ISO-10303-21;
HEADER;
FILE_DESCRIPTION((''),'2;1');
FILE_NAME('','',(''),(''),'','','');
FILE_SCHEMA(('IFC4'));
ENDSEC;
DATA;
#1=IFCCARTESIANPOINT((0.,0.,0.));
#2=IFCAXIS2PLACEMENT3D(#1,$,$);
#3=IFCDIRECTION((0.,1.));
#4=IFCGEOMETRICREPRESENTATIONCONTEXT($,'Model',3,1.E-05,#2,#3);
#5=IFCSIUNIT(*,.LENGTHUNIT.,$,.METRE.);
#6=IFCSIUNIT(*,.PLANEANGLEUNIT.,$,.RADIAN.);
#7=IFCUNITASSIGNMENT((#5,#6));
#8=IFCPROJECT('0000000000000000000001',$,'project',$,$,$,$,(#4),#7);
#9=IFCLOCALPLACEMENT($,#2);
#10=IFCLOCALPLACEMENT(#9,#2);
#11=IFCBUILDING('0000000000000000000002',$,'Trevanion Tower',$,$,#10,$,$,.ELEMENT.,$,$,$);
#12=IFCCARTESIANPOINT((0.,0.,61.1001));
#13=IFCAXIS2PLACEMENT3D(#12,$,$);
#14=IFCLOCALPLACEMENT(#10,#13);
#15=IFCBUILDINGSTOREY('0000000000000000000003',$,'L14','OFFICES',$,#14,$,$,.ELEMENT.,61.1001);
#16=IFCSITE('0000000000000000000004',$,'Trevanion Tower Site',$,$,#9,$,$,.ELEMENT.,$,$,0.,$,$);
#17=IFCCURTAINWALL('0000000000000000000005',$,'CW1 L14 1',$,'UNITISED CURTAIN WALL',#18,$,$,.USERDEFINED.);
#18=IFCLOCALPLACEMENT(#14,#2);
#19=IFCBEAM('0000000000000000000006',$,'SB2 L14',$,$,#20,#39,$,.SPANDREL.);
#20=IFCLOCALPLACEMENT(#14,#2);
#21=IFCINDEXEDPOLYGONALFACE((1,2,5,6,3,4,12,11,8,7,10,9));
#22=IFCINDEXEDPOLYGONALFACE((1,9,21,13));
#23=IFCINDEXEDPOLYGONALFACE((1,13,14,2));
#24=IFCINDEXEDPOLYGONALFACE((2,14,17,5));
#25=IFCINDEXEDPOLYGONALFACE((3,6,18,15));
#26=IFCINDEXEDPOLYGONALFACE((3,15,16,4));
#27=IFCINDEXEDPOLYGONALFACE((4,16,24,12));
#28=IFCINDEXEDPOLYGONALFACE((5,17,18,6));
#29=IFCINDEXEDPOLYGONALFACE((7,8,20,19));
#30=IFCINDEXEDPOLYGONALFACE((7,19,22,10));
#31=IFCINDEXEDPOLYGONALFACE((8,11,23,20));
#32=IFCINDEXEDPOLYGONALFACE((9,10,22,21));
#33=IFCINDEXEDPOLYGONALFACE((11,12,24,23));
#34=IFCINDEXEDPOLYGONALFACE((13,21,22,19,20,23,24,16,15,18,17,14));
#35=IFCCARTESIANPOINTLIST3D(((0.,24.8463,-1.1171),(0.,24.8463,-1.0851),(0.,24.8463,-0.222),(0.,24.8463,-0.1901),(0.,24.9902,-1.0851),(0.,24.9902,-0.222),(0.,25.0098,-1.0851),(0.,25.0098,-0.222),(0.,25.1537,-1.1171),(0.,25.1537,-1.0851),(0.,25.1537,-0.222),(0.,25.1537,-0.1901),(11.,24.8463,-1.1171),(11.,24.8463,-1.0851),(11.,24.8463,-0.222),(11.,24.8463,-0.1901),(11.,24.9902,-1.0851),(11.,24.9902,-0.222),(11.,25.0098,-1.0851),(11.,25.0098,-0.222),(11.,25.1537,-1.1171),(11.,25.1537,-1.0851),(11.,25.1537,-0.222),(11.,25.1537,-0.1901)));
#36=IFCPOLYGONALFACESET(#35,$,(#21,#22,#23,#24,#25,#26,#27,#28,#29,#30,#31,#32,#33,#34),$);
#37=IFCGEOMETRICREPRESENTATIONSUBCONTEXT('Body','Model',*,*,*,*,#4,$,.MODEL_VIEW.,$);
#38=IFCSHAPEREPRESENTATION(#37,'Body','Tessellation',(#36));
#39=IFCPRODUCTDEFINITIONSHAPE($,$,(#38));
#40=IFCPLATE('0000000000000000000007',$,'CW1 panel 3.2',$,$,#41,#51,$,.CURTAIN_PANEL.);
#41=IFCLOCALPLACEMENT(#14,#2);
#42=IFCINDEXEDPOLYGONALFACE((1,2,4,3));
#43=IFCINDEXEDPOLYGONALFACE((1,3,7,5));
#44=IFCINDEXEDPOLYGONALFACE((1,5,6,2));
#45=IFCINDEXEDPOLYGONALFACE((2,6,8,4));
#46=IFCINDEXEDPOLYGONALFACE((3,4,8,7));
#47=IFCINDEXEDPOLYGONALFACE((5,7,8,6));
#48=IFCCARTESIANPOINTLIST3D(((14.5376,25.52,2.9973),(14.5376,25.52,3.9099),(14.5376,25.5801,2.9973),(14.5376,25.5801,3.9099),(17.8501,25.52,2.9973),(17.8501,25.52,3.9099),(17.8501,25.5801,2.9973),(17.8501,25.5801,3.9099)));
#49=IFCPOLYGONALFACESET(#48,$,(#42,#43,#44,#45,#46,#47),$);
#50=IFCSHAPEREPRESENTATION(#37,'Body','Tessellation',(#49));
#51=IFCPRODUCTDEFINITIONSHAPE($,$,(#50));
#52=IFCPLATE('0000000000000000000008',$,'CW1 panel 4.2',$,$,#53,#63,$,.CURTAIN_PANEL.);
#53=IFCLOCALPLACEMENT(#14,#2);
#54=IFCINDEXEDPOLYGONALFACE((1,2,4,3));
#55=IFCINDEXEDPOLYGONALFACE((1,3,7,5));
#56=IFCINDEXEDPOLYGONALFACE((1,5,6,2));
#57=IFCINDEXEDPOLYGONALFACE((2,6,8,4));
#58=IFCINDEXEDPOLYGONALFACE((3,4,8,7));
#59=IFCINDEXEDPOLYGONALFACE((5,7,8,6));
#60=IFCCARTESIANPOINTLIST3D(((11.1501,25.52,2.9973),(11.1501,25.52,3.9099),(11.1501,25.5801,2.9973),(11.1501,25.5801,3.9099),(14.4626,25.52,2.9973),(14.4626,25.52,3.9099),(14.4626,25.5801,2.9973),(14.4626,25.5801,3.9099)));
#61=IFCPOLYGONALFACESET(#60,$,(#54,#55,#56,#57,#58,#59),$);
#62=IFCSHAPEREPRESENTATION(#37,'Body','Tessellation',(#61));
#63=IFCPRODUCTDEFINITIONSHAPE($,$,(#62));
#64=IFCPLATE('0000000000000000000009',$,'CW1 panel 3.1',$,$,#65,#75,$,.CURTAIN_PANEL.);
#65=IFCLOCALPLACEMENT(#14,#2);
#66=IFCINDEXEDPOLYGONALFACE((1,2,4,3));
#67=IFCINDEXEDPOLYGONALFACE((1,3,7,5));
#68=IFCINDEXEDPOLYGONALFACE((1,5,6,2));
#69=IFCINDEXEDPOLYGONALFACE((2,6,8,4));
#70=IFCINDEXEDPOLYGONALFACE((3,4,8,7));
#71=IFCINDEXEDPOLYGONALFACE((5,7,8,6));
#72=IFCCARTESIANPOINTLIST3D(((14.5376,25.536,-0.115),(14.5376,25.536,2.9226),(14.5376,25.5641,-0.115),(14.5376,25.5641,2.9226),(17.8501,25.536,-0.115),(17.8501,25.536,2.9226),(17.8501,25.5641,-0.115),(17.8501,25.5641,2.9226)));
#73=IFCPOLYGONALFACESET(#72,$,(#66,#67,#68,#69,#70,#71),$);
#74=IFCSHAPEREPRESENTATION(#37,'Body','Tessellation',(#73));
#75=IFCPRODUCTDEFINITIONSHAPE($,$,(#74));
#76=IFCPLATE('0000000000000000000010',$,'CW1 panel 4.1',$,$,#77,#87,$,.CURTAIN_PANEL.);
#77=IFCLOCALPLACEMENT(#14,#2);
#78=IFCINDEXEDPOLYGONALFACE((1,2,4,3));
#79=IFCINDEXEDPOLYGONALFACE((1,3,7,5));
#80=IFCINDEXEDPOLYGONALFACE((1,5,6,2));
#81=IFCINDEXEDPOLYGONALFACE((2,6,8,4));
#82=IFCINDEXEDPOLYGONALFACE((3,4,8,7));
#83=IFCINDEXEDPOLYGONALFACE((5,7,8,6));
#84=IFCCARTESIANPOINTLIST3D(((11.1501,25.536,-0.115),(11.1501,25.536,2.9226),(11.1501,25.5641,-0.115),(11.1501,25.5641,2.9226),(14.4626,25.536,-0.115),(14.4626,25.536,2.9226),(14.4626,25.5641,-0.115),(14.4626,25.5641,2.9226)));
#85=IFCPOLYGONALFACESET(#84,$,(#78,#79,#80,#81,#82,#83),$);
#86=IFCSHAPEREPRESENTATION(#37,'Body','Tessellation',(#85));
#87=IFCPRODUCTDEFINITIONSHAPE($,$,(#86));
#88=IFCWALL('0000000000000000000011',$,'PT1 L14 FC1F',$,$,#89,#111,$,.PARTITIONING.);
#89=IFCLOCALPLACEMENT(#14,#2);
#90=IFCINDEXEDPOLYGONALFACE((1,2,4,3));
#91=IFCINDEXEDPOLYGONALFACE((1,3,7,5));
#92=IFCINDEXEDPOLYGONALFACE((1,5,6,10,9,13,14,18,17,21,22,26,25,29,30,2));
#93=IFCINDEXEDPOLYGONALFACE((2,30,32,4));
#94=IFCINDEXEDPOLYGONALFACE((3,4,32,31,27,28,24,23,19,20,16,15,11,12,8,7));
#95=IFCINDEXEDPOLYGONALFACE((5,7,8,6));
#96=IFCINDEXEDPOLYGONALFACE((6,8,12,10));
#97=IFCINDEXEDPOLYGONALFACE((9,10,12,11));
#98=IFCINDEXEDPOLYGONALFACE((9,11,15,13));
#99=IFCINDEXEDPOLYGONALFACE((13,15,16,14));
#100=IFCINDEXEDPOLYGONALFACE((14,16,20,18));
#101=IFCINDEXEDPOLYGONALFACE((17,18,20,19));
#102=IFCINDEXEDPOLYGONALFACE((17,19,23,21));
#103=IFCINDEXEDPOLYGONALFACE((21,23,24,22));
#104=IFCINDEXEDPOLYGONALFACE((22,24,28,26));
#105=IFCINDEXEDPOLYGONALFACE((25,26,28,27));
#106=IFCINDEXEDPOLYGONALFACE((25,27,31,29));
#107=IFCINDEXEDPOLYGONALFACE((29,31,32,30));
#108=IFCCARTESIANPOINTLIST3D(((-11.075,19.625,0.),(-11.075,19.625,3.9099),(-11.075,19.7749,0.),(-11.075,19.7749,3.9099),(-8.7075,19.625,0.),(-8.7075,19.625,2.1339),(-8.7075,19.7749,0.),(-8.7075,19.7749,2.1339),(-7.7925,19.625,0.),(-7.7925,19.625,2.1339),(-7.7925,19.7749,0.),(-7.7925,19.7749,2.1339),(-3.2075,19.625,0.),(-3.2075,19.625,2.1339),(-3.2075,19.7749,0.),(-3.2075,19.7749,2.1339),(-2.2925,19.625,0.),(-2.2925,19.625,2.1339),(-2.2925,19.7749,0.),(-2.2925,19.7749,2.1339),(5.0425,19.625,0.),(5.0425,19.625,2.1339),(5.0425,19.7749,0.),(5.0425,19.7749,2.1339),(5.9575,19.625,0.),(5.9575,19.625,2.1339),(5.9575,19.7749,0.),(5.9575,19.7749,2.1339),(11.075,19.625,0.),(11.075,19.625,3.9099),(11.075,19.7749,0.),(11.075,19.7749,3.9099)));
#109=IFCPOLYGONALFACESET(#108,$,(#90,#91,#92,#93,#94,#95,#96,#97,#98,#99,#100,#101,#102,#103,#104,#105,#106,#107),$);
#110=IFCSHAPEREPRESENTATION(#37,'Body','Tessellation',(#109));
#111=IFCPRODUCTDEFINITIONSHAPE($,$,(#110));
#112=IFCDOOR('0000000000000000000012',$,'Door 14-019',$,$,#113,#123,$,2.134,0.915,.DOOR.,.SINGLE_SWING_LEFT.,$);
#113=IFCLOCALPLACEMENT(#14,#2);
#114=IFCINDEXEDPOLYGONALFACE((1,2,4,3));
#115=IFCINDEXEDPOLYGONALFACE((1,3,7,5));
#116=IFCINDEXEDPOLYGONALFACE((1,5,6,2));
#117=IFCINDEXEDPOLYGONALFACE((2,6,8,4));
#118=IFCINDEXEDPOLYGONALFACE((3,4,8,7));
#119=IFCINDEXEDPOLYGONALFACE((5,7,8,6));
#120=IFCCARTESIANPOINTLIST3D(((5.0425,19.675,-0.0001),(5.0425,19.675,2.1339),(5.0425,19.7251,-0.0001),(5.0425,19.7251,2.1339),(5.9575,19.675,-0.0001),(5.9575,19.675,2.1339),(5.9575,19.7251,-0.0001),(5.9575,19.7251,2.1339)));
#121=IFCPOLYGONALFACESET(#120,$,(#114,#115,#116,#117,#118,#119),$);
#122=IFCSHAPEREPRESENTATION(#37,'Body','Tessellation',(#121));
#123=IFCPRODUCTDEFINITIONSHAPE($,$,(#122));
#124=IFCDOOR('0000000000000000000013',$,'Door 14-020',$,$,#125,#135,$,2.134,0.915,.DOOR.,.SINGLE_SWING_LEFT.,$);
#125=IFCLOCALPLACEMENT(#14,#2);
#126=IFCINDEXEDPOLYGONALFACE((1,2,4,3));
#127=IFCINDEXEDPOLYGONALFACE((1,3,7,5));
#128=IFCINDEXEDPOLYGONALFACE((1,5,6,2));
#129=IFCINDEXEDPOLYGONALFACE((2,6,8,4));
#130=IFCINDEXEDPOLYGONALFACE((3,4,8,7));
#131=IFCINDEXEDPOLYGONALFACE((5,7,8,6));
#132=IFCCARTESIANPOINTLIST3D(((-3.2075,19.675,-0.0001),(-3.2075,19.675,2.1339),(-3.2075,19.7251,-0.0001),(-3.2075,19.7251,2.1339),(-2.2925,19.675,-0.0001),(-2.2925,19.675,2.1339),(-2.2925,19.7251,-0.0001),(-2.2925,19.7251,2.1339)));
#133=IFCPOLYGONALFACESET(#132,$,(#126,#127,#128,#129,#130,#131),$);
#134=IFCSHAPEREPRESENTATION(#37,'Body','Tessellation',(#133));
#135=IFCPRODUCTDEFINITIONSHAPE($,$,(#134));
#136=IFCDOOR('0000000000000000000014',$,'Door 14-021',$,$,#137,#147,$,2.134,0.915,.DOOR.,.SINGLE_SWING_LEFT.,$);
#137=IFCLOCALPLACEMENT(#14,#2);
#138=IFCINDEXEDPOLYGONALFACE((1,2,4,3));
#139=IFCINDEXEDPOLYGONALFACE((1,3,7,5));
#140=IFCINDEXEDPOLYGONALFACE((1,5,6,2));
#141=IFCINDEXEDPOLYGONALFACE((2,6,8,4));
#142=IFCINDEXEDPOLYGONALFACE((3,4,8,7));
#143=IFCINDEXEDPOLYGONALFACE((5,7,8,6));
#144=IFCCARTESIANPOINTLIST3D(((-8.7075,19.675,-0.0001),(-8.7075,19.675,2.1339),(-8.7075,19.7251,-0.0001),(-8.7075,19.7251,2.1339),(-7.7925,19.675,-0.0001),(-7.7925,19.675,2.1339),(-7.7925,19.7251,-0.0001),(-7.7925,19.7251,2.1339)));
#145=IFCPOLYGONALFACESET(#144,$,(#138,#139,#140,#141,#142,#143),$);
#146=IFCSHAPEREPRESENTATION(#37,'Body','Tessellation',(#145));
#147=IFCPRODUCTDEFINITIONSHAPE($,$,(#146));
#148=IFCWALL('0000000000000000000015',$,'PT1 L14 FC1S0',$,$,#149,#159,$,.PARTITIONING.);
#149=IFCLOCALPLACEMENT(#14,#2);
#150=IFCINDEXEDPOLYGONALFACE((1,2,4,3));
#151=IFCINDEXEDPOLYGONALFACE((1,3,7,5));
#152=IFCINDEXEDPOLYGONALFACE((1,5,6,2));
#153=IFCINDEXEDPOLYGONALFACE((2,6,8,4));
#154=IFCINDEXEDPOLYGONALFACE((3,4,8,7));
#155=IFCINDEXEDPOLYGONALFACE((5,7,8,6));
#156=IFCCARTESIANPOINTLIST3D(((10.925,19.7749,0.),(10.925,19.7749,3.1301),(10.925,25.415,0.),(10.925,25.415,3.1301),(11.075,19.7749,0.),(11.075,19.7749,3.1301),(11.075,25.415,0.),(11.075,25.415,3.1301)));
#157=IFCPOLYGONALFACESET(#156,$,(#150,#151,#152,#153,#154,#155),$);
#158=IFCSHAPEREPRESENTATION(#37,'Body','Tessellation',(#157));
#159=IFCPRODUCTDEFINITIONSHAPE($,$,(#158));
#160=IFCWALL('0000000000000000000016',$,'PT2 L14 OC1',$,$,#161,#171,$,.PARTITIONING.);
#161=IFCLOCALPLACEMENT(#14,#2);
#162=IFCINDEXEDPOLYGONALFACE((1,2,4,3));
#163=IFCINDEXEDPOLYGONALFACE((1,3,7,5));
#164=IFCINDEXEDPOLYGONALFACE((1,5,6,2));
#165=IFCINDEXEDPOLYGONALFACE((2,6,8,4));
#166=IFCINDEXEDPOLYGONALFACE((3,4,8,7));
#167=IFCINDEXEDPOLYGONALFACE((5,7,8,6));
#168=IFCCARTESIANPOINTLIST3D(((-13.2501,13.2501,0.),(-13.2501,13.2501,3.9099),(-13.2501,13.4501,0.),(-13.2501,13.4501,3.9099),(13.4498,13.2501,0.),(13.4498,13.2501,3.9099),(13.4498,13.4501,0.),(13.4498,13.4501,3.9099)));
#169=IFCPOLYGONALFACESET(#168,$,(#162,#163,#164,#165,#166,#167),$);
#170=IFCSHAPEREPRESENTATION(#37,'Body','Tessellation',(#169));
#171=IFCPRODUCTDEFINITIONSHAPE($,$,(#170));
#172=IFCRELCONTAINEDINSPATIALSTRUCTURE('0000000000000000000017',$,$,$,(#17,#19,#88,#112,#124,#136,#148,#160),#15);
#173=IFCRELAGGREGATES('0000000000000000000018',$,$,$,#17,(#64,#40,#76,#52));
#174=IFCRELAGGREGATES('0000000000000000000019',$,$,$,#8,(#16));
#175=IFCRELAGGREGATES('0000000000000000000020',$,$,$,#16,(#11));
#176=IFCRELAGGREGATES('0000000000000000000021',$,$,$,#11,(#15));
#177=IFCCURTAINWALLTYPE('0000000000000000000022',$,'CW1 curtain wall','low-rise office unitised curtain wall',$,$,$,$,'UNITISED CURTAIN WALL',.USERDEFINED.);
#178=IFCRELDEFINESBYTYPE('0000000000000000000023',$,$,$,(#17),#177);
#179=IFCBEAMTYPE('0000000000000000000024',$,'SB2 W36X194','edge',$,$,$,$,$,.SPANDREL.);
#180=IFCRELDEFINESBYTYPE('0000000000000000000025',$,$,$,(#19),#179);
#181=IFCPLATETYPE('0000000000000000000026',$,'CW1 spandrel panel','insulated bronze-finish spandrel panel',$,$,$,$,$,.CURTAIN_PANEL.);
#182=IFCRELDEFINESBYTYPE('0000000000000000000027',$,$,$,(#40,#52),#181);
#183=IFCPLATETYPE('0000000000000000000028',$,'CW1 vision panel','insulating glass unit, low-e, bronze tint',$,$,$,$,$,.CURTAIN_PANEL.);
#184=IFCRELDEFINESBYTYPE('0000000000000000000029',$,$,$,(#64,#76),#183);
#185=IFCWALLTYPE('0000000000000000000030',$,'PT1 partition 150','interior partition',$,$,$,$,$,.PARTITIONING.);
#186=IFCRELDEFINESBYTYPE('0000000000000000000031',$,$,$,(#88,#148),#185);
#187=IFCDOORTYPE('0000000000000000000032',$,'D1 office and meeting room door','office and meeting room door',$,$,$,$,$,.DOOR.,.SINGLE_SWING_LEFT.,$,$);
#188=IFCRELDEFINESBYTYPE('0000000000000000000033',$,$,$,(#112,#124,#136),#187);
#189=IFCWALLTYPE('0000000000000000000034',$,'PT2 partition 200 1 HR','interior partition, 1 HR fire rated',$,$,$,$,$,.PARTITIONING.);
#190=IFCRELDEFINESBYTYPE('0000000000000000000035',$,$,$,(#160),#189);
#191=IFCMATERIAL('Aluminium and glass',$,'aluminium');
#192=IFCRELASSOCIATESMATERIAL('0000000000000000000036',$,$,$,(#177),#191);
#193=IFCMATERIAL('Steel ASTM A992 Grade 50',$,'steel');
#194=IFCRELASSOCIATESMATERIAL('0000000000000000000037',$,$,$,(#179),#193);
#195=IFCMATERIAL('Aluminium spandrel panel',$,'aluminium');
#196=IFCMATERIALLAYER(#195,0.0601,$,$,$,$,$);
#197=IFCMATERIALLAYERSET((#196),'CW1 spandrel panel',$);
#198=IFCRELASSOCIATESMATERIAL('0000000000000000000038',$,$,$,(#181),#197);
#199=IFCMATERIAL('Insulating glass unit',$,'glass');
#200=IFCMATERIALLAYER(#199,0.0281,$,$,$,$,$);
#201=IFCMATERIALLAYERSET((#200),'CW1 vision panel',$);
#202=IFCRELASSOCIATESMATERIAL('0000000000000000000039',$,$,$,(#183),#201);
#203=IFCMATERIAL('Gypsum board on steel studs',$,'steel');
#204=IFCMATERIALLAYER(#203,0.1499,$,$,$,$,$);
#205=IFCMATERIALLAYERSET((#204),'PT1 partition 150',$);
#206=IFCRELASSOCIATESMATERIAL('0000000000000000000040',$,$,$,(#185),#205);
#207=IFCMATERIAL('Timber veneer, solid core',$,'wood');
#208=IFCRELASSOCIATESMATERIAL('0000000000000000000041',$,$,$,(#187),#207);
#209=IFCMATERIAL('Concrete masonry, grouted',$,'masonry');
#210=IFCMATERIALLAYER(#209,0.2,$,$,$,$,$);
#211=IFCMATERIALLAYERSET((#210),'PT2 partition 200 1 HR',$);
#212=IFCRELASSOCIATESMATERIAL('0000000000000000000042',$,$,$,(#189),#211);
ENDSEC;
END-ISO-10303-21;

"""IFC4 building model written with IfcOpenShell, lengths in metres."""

from ifc_helpers import new_model, si_unit, direction, frame, frame_2d, origin, origin_2d, place, context, subcontext, project, spatial, rectangle, i_section, extrude, material, layer, layer_set, material_profile, profile_set, type_object, element, fill, aggregate, save


model = new_model("IFC4")

# Units and contexts
model_context = context("Model", 3, precision=1e-05, world=origin(), true_north=direction((0.0, 1.0)))
body_context = subcontext(model_context, "Body", "Model", "MODEL_VIEW")
ifc_project = project(units=[si_unit("LENGTHUNIT", "METRE"), si_unit("PLANEANGLEUNIT", "RADIAN")], contexts=[model_context])

# Site, building, storey
site_placement = place(None, origin())
site = spatial("IfcSite", under=ifc_project, at=site_placement, Name="Trevanion Tower Site", CompositionType="ELEMENT", RefElevation=0.0)
building_placement = place(site_placement, origin())
building = spatial("IfcBuilding", under=site, at=building_placement, Name="Trevanion Tower", CompositionType="ELEMENT")
storey_placement = place(building_placement, frame((0.0, 0.0, 61.1001)))
storey = spatial("IfcBuildingStorey", under=building, at=storey_placement, Name="L14", Description="OFFICES", CompositionType="ELEMENT", Elevation=61.1001)

# Curtain wall
ifc_material_1 = material(Name="Aluminium and glass", Category="aluminium")
curtain_wall_type = type_object("IfcCurtainWallType", Name="CW1 curtain wall", Description="low-rise office unitised curtain wall", ElementType="UNITISED CURTAIN WALL", PredefinedType="USERDEFINED", material=ifc_material_1)
curtain_wall_placement = place(storey_placement, origin())
curtain_wall = element("IfcCurtainWall", 1, at=curtain_wall_placement, inside=storey, type_object=curtain_wall_type, Name="CW1 L14 1", ObjectType="UNITISED CURTAIN WALL", PredefinedType="USERDEFINED")

# Beam
ifc_material_2 = material(Name="Steel ASTM A992 Grade 50", Category="steel")
ifc_material_profile_1 = material_profile(ifc_material_2, i_section(OverallWidth=0.3074, OverallDepth=0.927, WebThickness=0.0195, FlangeThickness=0.032, at=origin_2d()), Name="W36X194")
ifc_profile_set_1 = profile_set([ifc_material_profile_1], Name="Steel ASTM A992 Grade 50")
beam_type_1 = type_object("IfcBeamType", Name="SB2 W36X194", Description="edge", PredefinedType="SPANDREL", material=ifc_profile_set_1)
beam_1_placement = place(storey_placement, frame((11.0, 25.0, -0.6536), z_axis=(-1.0, 0.0, 0.0), x_axis=(0.0, -1.0, 0.0)))
element("IfcBeam", 2, at=beam_1_placement, inside=storey, type_object=beam_type_1, Name="SB2 L14", PredefinedType="SPANDREL", context=body_context, shape_type="SweptSolid", body=[
    extrude(i_section(OverallWidth=0.3074, OverallDepth=0.927, WebThickness=0.0195, FlangeThickness=0.032, at=origin_2d()), origin(), (0.0, 0.0, 1.0), 11.0),
])

# Plates
ifc_material_3 = material(Name="Aluminium spandrel panel", Category="aluminium")
ifc_layer_1 = layer(ifc_material_3, 0.0601)
ifc_layer_set_1 = layer_set([ifc_layer_1], Name="CW1 spandrel panel")
plate_type_1 = type_object("IfcPlateType", Name="CW1 spandrel panel", Description="insulated bronze-finish spandrel panel", PredefinedType="CURTAIN_PANEL", material=ifc_layer_set_1)
plate_1_placement = place(storey_placement, frame((16.1938, 25.55, 2.9973), z_axis=(0.0, 0.0, 1.0), x_axis=(-1.0, 0.0, 0.0)))
plate_1 = element("IfcPlate", 3, at=plate_1_placement, type_object=plate_type_1, Name="CW1 panel 3.2", PredefinedType="CURTAIN_PANEL", context=body_context, shape_type="SweptSolid", body=[
    extrude(rectangle(XDim=3.3125, YDim=0.0601, at=origin_2d()), origin(), (0.0, 0.0, 1.0), 0.9126),
])
plate_2_placement = place(storey_placement, frame((12.8064, 25.55, 2.9973), z_axis=(0.0, 0.0, 1.0), x_axis=(-1.0, 0.0, 0.0)))
plate_2 = element("IfcPlate", 4, at=plate_2_placement, type_object=plate_type_1, Name="CW1 panel 4.2", PredefinedType="CURTAIN_PANEL", context=body_context, shape_type="SweptSolid", body=[
    extrude(rectangle(XDim=3.3125, YDim=0.0601, at=origin_2d()), origin(), (0.0, 0.0, 1.0), 0.9126),
])
ifc_material_4 = material(Name="Insulating glass unit", Category="glass")
ifc_layer_2 = layer(ifc_material_4, 0.0281)
ifc_layer_set_2 = layer_set([ifc_layer_2], Name="CW1 vision panel")
plate_type_2 = type_object("IfcPlateType", Name="CW1 vision panel", Description="insulating glass unit, low-e, bronze tint", PredefinedType="CURTAIN_PANEL", material=ifc_layer_set_2)
plate_3_placement = place(storey_placement, frame((16.1938, 25.55, -0.115), z_axis=(0.0, 0.0, 1.0), x_axis=(-1.0, 0.0, 0.0)))
plate_3 = element("IfcPlate", 5, at=plate_3_placement, type_object=plate_type_2, Name="CW1 panel 3.1", PredefinedType="CURTAIN_PANEL", context=body_context, shape_type="SweptSolid", body=[
    extrude(rectangle(XDim=3.3125, YDim=0.0281, at=origin_2d()), origin(), (0.0, 0.0, 1.0), 3.0376),
])
plate_4_placement = place(storey_placement, frame((12.8064, 25.55, -0.115), z_axis=(0.0, 0.0, 1.0), x_axis=(-1.0, 0.0, 0.0)))
plate_4 = element("IfcPlate", 6, at=plate_4_placement, type_object=plate_type_2, Name="CW1 panel 4.1", PredefinedType="CURTAIN_PANEL", context=body_context, shape_type="SweptSolid", body=[
    extrude(rectangle(XDim=3.3125, YDim=0.0281, at=origin_2d()), origin(), (0.0, 0.0, 1.0), 3.0376),
])
aggregate(curtain_wall, [plate_3, plate_1, plate_4, plate_2])

# Wall, openings, doors
ifc_material_5 = material(Name="Gypsum board on steel studs", Category="steel")
ifc_layer_3 = layer(ifc_material_5, 0.1499)
ifc_layer_set_3 = layer_set([ifc_layer_3], Name="PT1 partition 150")
wall_type_1 = type_object("IfcWallType", Name="PT1 partition 150", Description="interior partition", PredefinedType="PARTITIONING", material=ifc_layer_set_3)
wall_1_placement = place(storey_placement, frame((11.075, 19.7, 0.0), z_axis=(0.0, 0.0, 1.0), x_axis=(-1.0, 0.0, 0.0)))
wall_1 = element("IfcWall", 7, at=wall_1_placement, inside=storey, type_object=wall_type_1, Name="PT1 L14 FC1F", PredefinedType="PARTITIONING", context=body_context, shape_type="SweptSolid", body=[
    extrude(rectangle(XDim=22.1499, YDim=0.1499, at=frame_2d((11.075, 0.0))), origin(), (0.0, 0.0, 1.0), 3.9099),
])
opening_1_placement = place(wall_1_placement, frame((5.1174, 0.0, 0.0)))
opening_1 = element("IfcOpeningElement", 8, at=opening_1_placement, cuts=wall_1, PredefinedType="OPENING", context=body_context, shape_type="SweptSolid", body=[
    extrude(rectangle(XDim=0.915, YDim=2.134, at=frame_2d((0.4575, 1.0669))), frame((0.0, 0.085, 0.0), z_axis=(0.0, -1.0, 0.0), x_axis=(1.0, 0.0, 0.0)), (0.0, 0.0, 1.0), 0.1699),
])
opening_2_placement = place(wall_1_placement, frame((13.3674, 0.0, 0.0)))
opening_2 = element("IfcOpeningElement", 9, at=opening_2_placement, cuts=wall_1, PredefinedType="OPENING", context=body_context, shape_type="SweptSolid", body=[
    extrude(rectangle(XDim=0.915, YDim=2.134, at=frame_2d((0.4575, 1.0669))), frame((0.0, 0.085, 0.0), z_axis=(0.0, -1.0, 0.0), x_axis=(1.0, 0.0, 0.0)), (0.0, 0.0, 1.0), 0.1699),
])
opening_3_placement = place(wall_1_placement, frame((18.8674, 0.0, 0.0)))
opening_3 = element("IfcOpeningElement", 10, at=opening_3_placement, cuts=wall_1, PredefinedType="OPENING", context=body_context, shape_type="SweptSolid", body=[
    extrude(rectangle(XDim=0.915, YDim=2.134, at=frame_2d((0.4575, 1.0669))), frame((0.0, 0.085, 0.0), z_axis=(0.0, -1.0, 0.0), x_axis=(1.0, 0.0, 0.0)), (0.0, 0.0, 1.0), 0.1699),
])
ifc_material_6 = material(Name="Timber veneer, solid core", Category="wood")
door_type = type_object("IfcDoorType", Name="D1 office and meeting room door", Description="office and meeting room door", OperationType="SINGLE_SWING_LEFT", PredefinedType="DOOR", material=ifc_material_6)
door_1_placement = place(opening_1_placement, origin())
door_1 = element("IfcDoor", 11, at=door_1_placement, inside=storey, type_object=door_type, Name="Door 14-019", OperationType="SINGLE_SWING_LEFT", OverallHeight=2.134, OverallWidth=0.915, PredefinedType="DOOR", context=body_context, shape_type="SweptSolid", body=[
    extrude(rectangle(XDim=0.915, YDim=2.134, at=frame_2d((0.4575, 1.0669))), frame((0.0, 0.0249, 0.0), z_axis=(0.0, -1.0, 0.0), x_axis=(1.0, 0.0, 0.0)), (0.0, 0.0, 1.0), 0.05),
])
fill(opening_1, door_1)
door_2_placement = place(opening_2_placement, origin())
door_2 = element("IfcDoor", 12, at=door_2_placement, inside=storey, type_object=door_type, Name="Door 14-020", OperationType="SINGLE_SWING_LEFT", OverallHeight=2.134, OverallWidth=0.915, PredefinedType="DOOR", context=body_context, shape_type="SweptSolid", body=[
    extrude(rectangle(XDim=0.915, YDim=2.134, at=frame_2d((0.4575, 1.0669))), frame((0.0, 0.0249, 0.0), z_axis=(0.0, -1.0, 0.0), x_axis=(1.0, 0.0, 0.0)), (0.0, 0.0, 1.0), 0.05),
])
fill(opening_2, door_2)
door_3_placement = place(opening_3_placement, origin())
door_3 = element("IfcDoor", 13, at=door_3_placement, inside=storey, type_object=door_type, Name="Door 14-021", OperationType="SINGLE_SWING_LEFT", OverallHeight=2.134, OverallWidth=0.915, PredefinedType="DOOR", context=body_context, shape_type="SweptSolid", body=[
    extrude(rectangle(XDim=0.915, YDim=2.134, at=frame_2d((0.4575, 1.0669))), frame((0.0, 0.0249, 0.0), z_axis=(0.0, -1.0, 0.0), x_axis=(1.0, 0.0, 0.0)), (0.0, 0.0, 1.0), 0.05),
])
fill(opening_3, door_3)

# Walls
wall_2_placement = place(storey_placement, frame((11.0, 19.7749, 0.0), z_axis=(0.0, 0.0, 1.0), x_axis=(0.0, 1.0, 0.0)))
element("IfcWall", 14, at=wall_2_placement, inside=storey, type_object=wall_type_1, Name="PT1 L14 FC1S0", PredefinedType="PARTITIONING", context=body_context, shape_type="SweptSolid", body=[
    extrude(rectangle(XDim=5.6401, YDim=0.1499, at=frame_2d((2.8201, 0.0))), origin(), (0.0, 0.0, 1.0), 3.1301),
])
ifc_material_7 = material(Name="Concrete masonry, grouted", Category="masonry")
ifc_layer_4 = layer(ifc_material_7, 0.2)
ifc_layer_set_4 = layer_set([ifc_layer_4], Name="PT2 partition 200 1 HR")
wall_type_2 = type_object("IfcWallType", Name="PT2 partition 200 1 HR", Description="interior partition, 1 HR fire rated", PredefinedType="PARTITIONING", material=ifc_layer_set_4)
wall_3_placement = place(storey_placement, frame((13.45, 13.3501, 0.0), z_axis=(0.0, 0.0, 1.0), x_axis=(-1.0, 0.0, 0.0)))
element("IfcWall", 15, at=wall_3_placement, inside=storey, type_object=wall_type_2, Name="PT2 L14 OC1", PredefinedType="PARTITIONING", context=body_context, shape_type="SweptSolid", body=[
    extrude(rectangle(XDim=26.7, YDim=0.2, at=frame_2d((13.3501, 0.0))), origin(), (0.0, 0.0, 1.0), 3.9099),
])

save(model, "model.ifc")
